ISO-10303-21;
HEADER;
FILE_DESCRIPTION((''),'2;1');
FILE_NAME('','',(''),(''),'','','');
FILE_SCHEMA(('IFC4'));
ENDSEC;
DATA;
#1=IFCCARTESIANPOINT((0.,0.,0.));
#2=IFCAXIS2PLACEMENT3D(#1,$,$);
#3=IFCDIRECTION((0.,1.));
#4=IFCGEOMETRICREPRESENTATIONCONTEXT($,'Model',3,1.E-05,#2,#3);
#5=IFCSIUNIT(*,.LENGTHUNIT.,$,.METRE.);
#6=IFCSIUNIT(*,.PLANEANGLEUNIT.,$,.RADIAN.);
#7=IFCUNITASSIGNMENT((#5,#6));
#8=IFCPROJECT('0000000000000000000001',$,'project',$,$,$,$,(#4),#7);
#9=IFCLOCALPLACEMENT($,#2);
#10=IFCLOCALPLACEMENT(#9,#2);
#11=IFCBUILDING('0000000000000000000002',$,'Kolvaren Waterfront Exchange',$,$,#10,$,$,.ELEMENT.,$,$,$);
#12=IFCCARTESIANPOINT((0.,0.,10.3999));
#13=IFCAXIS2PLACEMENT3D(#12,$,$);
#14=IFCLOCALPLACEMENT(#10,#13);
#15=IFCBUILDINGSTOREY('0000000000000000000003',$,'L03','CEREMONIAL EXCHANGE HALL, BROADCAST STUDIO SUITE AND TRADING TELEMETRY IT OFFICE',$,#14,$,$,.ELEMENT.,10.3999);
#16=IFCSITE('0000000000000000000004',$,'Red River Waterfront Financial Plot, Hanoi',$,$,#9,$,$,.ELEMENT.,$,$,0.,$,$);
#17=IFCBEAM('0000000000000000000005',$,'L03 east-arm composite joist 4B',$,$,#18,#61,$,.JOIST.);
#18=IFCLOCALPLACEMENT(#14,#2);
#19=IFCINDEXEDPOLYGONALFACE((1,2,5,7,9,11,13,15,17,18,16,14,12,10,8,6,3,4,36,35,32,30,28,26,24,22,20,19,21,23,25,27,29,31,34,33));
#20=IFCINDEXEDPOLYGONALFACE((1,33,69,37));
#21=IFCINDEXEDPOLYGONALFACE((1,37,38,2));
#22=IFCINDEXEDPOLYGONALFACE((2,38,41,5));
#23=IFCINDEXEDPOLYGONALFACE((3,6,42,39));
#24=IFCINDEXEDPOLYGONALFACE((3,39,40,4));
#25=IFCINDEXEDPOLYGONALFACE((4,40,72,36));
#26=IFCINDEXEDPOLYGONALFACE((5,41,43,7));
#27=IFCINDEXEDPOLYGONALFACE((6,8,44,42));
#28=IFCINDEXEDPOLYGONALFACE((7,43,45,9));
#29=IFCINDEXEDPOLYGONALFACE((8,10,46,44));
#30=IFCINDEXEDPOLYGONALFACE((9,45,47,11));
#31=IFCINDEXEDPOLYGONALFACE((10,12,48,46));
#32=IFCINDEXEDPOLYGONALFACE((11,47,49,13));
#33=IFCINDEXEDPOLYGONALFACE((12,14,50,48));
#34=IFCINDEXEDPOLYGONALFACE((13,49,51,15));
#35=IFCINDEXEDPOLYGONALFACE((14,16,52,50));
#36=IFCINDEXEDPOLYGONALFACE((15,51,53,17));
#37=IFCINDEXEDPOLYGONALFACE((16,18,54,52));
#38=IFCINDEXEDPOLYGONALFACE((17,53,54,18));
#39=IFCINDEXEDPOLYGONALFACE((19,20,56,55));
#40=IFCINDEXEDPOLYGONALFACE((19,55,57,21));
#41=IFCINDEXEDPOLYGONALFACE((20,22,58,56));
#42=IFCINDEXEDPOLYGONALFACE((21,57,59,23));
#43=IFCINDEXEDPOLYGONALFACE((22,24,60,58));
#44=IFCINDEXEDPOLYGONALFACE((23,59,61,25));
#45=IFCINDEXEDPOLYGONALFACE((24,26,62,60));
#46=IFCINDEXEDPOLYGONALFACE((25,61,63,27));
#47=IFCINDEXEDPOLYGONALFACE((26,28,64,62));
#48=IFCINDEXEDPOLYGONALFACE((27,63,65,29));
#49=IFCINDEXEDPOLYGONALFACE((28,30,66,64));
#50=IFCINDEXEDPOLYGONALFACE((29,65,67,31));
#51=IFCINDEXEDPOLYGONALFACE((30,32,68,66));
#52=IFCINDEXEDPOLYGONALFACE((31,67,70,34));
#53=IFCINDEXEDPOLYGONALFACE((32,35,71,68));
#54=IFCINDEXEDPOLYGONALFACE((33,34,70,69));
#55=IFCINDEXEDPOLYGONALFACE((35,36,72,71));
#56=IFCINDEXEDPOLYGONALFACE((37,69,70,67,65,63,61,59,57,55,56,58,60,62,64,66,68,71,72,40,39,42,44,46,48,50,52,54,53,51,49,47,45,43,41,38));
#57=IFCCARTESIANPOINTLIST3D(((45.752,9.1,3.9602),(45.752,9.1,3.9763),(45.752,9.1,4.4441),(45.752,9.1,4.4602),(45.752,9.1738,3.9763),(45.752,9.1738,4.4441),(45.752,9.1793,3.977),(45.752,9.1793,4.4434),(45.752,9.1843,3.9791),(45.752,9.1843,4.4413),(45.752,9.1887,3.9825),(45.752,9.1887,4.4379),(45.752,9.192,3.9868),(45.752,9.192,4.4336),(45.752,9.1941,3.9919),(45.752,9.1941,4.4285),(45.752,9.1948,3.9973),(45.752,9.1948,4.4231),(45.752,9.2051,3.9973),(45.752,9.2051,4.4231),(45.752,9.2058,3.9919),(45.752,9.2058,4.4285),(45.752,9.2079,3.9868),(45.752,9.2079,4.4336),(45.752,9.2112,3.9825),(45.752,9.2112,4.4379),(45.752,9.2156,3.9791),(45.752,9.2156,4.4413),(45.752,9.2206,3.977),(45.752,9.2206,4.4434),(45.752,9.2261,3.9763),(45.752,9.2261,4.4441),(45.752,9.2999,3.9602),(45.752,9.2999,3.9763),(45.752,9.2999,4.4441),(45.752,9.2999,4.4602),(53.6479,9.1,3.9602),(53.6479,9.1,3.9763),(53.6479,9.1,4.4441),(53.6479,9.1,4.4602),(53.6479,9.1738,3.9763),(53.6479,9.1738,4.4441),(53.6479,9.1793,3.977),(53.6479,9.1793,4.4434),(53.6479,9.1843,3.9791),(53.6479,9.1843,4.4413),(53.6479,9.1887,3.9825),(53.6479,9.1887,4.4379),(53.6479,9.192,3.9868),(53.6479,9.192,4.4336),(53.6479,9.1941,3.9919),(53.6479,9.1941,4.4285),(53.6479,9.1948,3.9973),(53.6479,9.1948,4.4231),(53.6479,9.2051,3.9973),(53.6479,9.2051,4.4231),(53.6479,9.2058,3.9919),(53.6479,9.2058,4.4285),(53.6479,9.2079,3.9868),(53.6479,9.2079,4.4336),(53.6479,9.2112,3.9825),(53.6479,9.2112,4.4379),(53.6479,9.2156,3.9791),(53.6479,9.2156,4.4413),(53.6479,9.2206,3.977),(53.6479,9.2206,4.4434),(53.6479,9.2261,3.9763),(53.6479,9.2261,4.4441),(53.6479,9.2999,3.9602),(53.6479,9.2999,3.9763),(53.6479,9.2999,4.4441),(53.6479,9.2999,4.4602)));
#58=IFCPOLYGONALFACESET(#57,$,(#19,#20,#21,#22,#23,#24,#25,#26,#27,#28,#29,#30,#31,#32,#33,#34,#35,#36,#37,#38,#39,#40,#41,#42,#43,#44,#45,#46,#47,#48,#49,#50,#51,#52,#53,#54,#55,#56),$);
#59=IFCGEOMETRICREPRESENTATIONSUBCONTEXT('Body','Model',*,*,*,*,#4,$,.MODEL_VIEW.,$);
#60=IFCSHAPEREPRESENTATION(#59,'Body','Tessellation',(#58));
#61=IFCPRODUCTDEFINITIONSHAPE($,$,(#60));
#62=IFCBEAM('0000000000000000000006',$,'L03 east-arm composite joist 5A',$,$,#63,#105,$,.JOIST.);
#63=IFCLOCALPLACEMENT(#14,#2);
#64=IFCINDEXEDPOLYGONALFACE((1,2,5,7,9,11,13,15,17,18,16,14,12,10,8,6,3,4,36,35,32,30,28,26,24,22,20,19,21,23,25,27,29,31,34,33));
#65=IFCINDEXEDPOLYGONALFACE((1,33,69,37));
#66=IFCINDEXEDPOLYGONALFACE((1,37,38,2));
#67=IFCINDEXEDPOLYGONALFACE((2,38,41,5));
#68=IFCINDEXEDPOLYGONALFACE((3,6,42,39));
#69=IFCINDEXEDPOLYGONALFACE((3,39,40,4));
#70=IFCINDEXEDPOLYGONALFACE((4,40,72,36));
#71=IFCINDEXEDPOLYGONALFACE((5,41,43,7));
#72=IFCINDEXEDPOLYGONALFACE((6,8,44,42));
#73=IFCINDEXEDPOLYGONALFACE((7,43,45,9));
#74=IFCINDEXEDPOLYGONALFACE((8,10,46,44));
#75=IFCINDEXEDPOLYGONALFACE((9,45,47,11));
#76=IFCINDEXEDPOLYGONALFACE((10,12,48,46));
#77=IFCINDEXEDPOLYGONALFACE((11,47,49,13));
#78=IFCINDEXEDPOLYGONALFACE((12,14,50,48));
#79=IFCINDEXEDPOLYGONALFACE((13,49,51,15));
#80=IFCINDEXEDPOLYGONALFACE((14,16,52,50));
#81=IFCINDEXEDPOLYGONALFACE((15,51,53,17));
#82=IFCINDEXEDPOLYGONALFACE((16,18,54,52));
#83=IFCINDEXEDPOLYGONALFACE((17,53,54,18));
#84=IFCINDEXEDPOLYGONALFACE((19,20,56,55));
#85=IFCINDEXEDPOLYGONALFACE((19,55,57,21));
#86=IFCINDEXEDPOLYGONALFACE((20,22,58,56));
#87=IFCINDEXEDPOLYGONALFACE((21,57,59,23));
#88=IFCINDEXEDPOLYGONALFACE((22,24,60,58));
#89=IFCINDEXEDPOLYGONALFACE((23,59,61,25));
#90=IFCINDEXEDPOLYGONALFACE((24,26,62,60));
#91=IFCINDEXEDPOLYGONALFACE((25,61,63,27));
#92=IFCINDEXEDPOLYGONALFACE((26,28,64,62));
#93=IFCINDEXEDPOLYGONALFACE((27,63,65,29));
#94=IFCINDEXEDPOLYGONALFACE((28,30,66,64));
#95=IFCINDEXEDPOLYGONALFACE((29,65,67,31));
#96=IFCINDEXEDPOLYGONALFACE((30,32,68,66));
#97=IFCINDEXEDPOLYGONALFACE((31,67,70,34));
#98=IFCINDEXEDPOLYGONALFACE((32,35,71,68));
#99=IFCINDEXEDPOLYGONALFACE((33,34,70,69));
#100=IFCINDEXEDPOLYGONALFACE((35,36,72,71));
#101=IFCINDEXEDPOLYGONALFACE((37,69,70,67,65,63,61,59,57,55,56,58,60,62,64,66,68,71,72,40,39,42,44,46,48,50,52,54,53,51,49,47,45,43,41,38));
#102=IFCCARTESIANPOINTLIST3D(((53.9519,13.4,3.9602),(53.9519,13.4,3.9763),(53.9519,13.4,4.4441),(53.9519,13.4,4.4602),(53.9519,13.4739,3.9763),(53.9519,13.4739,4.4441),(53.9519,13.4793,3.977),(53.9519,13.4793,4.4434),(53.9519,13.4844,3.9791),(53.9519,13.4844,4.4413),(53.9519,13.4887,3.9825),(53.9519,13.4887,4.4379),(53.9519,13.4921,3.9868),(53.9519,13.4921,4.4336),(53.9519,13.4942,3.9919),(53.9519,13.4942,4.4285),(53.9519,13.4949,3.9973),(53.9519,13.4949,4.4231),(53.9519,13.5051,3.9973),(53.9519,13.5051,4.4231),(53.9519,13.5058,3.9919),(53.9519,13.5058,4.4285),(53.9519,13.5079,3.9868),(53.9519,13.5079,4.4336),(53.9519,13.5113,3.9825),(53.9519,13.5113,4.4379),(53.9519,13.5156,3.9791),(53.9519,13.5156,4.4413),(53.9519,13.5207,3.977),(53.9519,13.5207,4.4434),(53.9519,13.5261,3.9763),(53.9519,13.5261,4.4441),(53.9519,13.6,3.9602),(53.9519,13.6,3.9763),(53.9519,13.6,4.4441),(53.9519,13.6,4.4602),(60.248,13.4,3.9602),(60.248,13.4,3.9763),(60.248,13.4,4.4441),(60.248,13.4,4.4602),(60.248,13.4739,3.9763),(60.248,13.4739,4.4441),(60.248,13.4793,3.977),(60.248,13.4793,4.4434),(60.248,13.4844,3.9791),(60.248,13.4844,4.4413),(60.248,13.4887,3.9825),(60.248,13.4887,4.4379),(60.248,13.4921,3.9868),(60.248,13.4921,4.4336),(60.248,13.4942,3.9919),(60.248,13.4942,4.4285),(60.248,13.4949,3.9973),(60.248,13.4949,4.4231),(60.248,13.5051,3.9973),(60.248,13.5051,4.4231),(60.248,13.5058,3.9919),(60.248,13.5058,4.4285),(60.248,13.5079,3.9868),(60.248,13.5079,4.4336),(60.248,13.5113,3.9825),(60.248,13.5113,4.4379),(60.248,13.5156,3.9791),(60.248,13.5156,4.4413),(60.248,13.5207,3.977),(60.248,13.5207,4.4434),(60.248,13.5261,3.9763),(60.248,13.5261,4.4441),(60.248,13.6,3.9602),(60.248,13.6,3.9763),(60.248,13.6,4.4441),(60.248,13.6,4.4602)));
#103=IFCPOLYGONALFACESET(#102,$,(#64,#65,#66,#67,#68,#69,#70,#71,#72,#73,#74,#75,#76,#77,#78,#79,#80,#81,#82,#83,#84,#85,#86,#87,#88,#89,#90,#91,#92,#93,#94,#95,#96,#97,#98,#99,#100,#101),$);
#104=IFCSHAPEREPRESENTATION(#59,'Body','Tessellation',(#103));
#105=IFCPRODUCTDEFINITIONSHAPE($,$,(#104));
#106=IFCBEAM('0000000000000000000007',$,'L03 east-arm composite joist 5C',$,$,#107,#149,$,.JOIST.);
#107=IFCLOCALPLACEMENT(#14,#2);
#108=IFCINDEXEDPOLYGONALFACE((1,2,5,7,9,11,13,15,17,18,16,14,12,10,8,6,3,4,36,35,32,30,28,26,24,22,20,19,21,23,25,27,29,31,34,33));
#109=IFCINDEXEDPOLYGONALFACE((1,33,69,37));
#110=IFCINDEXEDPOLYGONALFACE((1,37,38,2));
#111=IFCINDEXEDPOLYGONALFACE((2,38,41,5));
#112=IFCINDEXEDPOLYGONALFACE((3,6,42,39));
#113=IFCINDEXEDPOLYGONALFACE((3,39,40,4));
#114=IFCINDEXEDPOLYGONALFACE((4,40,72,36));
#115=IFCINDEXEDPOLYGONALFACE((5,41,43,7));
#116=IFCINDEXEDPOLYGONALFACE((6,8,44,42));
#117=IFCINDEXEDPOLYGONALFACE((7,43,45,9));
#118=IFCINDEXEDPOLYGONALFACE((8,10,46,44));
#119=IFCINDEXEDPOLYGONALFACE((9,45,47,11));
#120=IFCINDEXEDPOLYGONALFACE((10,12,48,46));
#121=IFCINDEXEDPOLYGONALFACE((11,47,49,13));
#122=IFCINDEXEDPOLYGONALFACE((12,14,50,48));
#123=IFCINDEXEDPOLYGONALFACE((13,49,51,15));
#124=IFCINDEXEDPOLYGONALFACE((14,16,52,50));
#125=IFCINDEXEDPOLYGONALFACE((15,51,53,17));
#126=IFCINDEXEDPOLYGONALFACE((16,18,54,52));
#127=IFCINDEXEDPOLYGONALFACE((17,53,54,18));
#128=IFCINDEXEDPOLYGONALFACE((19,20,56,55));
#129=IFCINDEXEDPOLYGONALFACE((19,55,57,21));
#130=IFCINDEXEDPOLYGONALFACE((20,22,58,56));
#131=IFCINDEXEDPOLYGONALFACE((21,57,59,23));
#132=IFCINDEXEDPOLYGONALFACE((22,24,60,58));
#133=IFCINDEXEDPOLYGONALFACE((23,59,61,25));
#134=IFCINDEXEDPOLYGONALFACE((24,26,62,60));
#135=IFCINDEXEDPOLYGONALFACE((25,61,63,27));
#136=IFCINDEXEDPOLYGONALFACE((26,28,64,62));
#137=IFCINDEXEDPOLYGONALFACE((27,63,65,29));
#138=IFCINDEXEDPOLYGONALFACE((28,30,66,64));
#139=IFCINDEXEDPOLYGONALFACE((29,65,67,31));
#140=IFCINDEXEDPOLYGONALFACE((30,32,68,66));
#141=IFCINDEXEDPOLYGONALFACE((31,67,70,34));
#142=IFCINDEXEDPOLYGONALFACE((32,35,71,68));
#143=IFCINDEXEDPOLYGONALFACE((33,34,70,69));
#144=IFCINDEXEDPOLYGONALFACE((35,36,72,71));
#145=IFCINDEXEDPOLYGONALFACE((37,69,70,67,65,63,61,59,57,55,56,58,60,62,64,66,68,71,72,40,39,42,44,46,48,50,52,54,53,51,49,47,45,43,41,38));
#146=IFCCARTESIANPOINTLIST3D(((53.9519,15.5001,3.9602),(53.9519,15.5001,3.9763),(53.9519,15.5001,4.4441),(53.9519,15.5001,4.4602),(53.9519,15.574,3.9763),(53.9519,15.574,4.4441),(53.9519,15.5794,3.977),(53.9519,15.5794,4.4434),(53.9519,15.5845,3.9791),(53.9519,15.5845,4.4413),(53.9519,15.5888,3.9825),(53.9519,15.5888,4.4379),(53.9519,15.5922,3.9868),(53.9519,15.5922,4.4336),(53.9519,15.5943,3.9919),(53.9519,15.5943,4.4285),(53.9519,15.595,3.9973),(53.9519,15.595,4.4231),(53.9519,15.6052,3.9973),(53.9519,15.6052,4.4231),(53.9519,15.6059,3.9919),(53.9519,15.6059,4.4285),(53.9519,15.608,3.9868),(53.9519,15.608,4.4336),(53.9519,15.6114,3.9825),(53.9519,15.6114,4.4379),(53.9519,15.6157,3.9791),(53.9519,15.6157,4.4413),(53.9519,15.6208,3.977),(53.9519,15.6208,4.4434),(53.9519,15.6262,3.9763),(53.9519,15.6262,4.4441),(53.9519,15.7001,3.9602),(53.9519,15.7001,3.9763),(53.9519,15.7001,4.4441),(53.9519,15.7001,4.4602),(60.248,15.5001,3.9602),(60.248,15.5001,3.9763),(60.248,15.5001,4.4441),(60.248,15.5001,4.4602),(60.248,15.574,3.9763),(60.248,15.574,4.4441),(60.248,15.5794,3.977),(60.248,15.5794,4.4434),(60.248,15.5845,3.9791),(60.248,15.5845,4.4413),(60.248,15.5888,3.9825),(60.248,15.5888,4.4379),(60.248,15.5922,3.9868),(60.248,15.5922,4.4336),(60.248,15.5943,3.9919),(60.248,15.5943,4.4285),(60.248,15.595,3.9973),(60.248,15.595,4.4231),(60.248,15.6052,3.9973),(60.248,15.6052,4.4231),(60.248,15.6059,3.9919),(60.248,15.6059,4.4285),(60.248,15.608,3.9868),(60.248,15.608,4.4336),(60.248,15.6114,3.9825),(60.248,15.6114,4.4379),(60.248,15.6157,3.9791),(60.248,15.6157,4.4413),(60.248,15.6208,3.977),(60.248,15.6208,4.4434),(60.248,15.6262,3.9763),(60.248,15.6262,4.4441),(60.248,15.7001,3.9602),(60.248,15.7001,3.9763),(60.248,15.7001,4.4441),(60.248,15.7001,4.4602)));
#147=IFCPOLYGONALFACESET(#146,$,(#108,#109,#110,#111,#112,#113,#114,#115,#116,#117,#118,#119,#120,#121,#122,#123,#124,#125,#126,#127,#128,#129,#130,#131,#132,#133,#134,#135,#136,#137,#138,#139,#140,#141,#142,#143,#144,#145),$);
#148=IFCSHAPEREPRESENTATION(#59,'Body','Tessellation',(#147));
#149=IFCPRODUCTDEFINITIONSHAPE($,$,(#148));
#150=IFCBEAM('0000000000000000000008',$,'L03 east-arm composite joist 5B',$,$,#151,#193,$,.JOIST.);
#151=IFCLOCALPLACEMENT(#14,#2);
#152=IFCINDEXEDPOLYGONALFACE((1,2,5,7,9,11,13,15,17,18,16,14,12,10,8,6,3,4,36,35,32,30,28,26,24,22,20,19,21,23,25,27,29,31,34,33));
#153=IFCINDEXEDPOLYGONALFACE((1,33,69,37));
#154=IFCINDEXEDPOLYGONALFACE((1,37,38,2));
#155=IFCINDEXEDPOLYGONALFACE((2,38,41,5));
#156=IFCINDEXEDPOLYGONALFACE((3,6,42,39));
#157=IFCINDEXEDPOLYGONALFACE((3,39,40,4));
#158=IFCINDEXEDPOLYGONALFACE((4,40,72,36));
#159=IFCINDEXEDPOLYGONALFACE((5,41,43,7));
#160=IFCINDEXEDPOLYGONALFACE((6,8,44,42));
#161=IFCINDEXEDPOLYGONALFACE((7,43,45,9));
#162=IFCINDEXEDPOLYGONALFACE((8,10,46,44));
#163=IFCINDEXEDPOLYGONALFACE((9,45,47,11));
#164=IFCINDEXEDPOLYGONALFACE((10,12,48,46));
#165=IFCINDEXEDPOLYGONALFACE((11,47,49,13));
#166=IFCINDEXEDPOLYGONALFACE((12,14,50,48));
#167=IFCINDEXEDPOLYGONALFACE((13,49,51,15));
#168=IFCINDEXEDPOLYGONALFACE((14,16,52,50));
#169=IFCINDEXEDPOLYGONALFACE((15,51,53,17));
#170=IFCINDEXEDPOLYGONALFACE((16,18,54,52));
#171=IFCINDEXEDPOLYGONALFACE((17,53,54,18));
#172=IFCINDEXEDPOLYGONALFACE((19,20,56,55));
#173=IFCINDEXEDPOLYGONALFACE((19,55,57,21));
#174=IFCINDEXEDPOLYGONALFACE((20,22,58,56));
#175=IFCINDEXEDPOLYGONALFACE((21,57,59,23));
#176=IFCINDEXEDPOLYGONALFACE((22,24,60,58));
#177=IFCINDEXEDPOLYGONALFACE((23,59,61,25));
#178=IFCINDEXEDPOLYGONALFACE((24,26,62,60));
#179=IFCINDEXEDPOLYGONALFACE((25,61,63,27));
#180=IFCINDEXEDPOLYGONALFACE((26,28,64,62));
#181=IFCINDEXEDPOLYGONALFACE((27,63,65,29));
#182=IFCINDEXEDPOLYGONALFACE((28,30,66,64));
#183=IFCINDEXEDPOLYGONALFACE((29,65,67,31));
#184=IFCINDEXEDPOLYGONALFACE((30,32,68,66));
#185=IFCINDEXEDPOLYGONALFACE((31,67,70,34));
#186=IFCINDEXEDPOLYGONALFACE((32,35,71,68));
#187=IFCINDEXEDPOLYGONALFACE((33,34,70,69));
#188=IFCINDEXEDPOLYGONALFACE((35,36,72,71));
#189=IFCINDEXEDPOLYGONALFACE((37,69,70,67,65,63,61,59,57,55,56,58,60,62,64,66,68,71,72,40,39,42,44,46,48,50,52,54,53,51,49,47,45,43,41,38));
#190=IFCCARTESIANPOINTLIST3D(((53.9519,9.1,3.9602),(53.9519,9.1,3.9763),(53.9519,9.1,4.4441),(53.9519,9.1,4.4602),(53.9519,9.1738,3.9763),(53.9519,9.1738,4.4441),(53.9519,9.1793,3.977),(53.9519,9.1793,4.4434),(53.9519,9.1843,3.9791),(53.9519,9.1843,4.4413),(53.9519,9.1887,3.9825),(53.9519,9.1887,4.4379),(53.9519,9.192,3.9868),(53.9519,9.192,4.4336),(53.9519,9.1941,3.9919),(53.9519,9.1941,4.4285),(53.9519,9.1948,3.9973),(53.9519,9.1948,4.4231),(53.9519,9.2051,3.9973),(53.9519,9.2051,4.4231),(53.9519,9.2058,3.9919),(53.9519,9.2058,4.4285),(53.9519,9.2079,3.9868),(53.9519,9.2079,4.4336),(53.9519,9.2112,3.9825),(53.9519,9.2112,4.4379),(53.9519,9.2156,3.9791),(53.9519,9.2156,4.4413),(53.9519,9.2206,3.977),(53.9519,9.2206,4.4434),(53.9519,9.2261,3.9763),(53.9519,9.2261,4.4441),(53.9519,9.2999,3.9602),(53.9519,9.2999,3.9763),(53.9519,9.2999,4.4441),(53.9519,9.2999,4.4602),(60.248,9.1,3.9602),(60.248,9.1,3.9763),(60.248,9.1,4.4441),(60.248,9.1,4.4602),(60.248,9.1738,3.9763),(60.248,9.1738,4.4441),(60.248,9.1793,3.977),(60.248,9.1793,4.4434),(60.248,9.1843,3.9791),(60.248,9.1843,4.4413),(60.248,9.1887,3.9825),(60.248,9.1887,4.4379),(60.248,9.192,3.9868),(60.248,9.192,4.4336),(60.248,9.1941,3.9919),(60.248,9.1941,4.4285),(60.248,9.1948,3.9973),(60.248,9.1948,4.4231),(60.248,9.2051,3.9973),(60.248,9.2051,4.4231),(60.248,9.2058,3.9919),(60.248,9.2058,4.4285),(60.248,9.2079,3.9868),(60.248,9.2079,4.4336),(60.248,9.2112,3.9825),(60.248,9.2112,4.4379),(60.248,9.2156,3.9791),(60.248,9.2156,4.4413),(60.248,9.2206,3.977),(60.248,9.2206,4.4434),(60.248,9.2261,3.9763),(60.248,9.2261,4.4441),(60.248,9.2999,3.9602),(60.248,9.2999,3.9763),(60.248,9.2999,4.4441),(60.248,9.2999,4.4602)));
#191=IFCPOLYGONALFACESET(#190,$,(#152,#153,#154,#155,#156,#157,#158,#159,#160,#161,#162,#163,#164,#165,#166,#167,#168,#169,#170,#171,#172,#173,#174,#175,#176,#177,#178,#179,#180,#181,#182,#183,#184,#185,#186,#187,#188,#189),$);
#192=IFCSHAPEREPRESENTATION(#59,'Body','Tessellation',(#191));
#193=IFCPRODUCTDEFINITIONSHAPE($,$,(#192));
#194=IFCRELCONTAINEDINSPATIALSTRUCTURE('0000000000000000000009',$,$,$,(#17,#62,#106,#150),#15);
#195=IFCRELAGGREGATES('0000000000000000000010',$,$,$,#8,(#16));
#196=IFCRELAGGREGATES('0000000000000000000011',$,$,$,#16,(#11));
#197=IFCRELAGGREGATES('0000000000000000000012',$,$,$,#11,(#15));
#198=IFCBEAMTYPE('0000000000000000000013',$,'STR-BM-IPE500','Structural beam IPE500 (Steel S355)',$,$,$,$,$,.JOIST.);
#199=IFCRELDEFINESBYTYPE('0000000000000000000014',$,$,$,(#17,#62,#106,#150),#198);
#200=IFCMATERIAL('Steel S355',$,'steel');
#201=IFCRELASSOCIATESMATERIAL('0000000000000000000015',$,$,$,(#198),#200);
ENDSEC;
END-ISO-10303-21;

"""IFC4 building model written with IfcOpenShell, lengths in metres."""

from ifc_helpers import new_model, si_unit, direction, frame, origin, origin_2d, place, context, subcontext, project, spatial, i_section, extrude, material, material_profile, profile_set, type_object, element, save


model = new_model("IFC4")

# Units and contexts
model_context = context("Model", 3, precision=1e-05, world=origin(), true_north=direction((0.0, 1.0)))
body_context = subcontext(model_context, "Body", "Model", "MODEL_VIEW")
ifc_project = project(units=[si_unit("LENGTHUNIT", "METRE"), si_unit("PLANEANGLEUNIT", "RADIAN")], contexts=[model_context])

# Site, building, storey
site_placement = place(None, origin())
site = spatial("IfcSite", under=ifc_project, at=site_placement, Name="Red River Waterfront Financial Plot, Hanoi", CompositionType="ELEMENT", RefElevation=0.0)
building_placement = place(site_placement, origin())
building = spatial("IfcBuilding", under=site, at=building_placement, Name="Kolvaren Waterfront Exchange", CompositionType="ELEMENT")
storey_placement = place(building_placement, frame((0.0, 0.0, 10.3999)))
storey = spatial("IfcBuildingStorey", under=building, at=storey_placement, Name="L03", Description="CEREMONIAL EXCHANGE HALL, BROADCAST STUDIO SUITE AND TRADING TELEMETRY IT OFFICE", CompositionType="ELEMENT", Elevation=10.3999)

# Beams
ifc_material_1 = material(Name="Steel S355", Category="steel")
ifc_material_profile_1 = material_profile(ifc_material_1, i_section(OverallWidth=0.2, OverallDepth=0.5, WebThickness=0.0103, FlangeThickness=0.0161, FilletRadius=0.021, at=origin_2d()), Name="IPE500")
ifc_profile_set_1 = profile_set([ifc_material_profile_1], Name="Steel S355")
beam_type_1 = type_object("IfcBeamType", Name="STR-BM-IPE500", Description="Structural beam IPE500 (Steel S355)", PredefinedType="JOIST", material=ifc_profile_set_1)
for number, where, z_axis, x_axis, name in (
    (1, (45.752, 9.2, 4.2102), (1.0, 0.0, 0.0), (0.0, 1.0, 0.0), "L03 east-arm composite joist 4B"),
):
    element("IfcBeam", number, at=place(storey_placement, frame(where, z_axis=z_axis, x_axis=x_axis)), inside=storey, type_object=beam_type_1, Name=name, PredefinedType="JOIST", context=body_context, shape_type="SweptSolid", body=[
        extrude(i_section(OverallWidth=0.2, OverallDepth=0.5, WebThickness=0.0103, FlangeThickness=0.0161, FilletRadius=0.021, at=origin_2d()), origin(), (0.0, 0.0, 1.0), 7.896),
    ])
for number, where, z_axis, x_axis, name in (
    (2, (53.9519, 13.5, 4.2102), (1.0, 0.0, 0.0), (0.0, 1.0, 0.0), "L03 east-arm composite joist 5A"),
    (3, (53.9519, 15.6001, 4.2102), (1.0, 0.0, 0.0), (0.0, 1.0, 0.0), "L03 east-arm composite joist 5C"),
    (4, (53.9519, 9.2, 4.2102), (1.0, 0.0, 0.0), (0.0, 1.0, 0.0), "L03 east-arm composite joist 5B"),
):
    element("IfcBeam", number, at=place(storey_placement, frame(where, z_axis=z_axis, x_axis=x_axis)), inside=storey, type_object=beam_type_1, Name=name, PredefinedType="JOIST", context=body_context, shape_type="SweptSolid", body=[
        extrude(i_section(OverallWidth=0.2, OverallDepth=0.5, WebThickness=0.0103, FlangeThickness=0.0161, FilletRadius=0.021, at=origin_2d()), origin(), (0.0, 0.0, 1.0), 6.2961),
    ])

save(model, "model.ifc")
